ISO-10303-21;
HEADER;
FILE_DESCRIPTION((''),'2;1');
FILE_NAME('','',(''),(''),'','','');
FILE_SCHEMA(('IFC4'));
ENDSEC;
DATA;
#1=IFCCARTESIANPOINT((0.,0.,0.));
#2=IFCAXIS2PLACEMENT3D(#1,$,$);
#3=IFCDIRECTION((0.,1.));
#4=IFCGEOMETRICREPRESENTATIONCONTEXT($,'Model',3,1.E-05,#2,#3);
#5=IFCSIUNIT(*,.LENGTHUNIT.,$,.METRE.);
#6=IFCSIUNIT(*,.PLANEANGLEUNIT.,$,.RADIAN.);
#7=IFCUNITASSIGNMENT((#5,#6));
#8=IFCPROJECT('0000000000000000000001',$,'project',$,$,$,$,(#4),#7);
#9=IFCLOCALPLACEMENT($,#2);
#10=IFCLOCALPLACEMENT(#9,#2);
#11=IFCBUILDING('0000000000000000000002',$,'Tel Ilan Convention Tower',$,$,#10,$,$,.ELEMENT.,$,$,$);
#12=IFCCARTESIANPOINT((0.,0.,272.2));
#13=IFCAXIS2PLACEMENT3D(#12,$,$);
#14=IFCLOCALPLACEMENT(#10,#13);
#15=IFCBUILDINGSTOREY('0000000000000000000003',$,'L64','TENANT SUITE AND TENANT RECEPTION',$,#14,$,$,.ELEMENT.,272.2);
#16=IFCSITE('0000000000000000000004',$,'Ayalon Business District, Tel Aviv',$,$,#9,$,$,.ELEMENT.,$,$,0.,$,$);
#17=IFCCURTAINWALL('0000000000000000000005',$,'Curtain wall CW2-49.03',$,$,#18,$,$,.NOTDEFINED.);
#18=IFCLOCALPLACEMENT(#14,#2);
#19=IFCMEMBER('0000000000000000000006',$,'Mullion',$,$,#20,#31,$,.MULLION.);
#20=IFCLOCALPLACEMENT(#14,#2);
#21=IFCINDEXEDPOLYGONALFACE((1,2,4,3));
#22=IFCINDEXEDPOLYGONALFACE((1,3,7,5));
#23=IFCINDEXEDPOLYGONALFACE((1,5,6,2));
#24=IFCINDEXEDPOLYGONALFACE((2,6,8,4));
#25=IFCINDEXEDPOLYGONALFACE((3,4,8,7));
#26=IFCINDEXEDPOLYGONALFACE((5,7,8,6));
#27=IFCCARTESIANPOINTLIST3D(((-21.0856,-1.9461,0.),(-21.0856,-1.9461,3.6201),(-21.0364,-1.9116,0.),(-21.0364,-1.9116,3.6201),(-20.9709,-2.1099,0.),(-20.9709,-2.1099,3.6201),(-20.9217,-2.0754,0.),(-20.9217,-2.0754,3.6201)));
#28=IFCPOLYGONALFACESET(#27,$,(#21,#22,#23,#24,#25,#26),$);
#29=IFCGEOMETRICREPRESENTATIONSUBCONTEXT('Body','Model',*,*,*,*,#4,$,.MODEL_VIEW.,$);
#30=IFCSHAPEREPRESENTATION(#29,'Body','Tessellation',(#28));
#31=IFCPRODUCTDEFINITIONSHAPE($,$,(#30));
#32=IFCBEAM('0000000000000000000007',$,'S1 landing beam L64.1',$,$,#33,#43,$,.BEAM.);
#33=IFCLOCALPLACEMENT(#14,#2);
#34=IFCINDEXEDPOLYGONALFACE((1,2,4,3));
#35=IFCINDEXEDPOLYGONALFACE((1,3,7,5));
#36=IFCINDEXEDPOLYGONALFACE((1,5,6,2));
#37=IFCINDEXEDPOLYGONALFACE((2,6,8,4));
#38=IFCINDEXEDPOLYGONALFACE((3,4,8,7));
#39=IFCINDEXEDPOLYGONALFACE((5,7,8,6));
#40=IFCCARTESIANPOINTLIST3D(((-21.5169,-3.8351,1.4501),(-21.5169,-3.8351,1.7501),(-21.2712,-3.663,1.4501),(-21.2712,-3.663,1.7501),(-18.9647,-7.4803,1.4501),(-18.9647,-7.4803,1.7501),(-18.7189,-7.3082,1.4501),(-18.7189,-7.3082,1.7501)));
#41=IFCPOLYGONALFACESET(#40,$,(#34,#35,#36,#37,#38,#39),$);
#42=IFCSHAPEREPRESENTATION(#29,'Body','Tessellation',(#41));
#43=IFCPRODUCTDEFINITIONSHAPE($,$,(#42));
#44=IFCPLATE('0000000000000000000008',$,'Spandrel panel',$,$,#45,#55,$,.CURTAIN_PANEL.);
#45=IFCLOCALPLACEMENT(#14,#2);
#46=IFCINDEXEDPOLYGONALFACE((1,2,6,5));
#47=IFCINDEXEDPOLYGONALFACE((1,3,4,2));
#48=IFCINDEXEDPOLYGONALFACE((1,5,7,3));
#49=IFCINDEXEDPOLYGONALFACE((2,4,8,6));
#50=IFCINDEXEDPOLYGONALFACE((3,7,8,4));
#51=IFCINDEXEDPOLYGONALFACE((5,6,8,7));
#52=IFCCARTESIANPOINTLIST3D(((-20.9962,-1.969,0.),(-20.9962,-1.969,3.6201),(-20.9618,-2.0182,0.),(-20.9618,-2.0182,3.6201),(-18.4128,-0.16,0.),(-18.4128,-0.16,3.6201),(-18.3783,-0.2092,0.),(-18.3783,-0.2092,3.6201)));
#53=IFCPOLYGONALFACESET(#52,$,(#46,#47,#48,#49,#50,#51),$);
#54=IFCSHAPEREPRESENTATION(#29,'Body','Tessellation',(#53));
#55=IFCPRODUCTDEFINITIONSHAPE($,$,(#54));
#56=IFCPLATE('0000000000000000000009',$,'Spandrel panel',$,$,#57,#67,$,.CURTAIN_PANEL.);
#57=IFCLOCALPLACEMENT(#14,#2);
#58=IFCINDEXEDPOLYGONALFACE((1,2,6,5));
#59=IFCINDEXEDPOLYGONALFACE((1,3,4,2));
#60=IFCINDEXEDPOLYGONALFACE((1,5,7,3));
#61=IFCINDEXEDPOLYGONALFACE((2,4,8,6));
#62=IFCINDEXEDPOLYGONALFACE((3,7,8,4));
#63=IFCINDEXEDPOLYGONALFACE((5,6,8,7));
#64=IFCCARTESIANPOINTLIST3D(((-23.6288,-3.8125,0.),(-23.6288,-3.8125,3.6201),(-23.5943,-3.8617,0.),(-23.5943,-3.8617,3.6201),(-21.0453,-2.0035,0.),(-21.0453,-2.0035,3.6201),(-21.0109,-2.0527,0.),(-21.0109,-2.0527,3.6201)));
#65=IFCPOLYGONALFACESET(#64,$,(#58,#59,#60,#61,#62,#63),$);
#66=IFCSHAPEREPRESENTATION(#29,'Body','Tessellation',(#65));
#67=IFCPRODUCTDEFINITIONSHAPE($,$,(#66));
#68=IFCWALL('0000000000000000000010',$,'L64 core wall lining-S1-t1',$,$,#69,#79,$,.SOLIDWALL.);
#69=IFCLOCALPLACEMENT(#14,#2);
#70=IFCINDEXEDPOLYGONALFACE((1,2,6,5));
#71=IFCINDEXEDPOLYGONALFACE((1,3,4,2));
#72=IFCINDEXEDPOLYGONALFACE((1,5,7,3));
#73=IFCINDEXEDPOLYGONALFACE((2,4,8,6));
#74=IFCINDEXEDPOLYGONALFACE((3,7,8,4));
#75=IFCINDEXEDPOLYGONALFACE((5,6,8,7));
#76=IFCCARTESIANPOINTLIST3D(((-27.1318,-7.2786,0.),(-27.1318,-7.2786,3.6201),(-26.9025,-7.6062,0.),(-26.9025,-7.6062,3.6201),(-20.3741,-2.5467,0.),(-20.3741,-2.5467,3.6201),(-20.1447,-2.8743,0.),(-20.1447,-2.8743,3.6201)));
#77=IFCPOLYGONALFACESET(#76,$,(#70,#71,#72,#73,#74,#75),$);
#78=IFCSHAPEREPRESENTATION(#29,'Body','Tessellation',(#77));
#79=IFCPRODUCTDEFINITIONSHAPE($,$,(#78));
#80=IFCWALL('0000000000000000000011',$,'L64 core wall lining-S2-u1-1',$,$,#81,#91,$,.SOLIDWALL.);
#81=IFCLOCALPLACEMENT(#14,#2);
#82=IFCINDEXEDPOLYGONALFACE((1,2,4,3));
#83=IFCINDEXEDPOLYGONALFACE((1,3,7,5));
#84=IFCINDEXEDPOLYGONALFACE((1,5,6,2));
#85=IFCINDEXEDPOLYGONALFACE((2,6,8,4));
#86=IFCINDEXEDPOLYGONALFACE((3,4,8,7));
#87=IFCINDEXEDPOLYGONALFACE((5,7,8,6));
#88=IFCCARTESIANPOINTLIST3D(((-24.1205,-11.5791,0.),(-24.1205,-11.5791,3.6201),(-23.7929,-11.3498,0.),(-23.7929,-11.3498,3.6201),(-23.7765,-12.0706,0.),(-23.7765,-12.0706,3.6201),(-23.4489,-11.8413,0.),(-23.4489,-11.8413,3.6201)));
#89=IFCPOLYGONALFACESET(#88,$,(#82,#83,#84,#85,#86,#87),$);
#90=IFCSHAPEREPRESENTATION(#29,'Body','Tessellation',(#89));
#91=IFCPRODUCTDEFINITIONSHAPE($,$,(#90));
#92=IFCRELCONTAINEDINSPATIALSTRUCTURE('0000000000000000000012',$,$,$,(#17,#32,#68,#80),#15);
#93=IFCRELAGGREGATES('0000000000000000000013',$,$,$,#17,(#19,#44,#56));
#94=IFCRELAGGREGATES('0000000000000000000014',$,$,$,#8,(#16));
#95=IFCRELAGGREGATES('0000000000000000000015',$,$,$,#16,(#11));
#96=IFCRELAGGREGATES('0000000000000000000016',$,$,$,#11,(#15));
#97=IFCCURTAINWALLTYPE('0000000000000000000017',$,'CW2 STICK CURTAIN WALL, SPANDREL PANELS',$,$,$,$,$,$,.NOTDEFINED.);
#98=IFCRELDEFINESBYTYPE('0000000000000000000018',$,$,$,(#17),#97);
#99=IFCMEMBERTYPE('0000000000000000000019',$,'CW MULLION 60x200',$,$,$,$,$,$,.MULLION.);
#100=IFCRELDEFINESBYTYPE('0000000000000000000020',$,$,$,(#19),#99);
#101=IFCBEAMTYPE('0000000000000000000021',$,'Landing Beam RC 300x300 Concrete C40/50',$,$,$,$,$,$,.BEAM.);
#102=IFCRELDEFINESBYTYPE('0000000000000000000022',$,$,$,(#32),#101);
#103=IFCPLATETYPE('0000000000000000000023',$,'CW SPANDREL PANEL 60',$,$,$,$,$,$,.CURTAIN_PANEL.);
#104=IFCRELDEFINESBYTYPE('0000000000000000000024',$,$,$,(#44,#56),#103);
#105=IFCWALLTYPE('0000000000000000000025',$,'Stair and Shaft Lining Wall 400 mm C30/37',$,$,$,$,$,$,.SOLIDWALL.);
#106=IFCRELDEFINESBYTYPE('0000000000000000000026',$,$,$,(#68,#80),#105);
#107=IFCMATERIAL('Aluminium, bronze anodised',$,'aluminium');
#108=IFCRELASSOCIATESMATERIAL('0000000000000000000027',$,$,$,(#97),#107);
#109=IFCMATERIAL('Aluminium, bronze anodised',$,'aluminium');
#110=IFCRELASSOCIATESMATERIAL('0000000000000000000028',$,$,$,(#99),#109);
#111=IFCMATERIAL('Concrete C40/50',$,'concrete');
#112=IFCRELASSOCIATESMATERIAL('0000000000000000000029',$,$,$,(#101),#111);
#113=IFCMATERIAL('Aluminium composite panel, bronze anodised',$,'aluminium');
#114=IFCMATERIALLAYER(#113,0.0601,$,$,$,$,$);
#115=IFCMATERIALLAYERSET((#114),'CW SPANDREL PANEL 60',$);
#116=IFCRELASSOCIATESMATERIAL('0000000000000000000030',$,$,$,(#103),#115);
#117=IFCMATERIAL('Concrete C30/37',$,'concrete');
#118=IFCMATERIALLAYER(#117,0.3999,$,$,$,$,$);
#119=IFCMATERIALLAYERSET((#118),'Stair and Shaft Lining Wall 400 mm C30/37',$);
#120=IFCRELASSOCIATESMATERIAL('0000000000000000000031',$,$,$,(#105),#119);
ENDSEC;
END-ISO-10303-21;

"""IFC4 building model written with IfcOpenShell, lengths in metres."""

from ifc_helpers import new_model, si_unit, direction, frame, frame_2d, origin, origin_2d, place, context, subcontext, project, spatial, rectangle, extrude, material, layer, layer_set, material_profile, profile_set, type_object, element, aggregate, save


model = new_model("IFC4")

# Units and contexts
model_context = context("Model", 3, precision=1e-05, world=origin(), true_north=direction((0.0, 1.0)))
body_context = subcontext(model_context, "Body", "Model", "MODEL_VIEW")
ifc_project = project(units=[si_unit("LENGTHUNIT", "METRE"), si_unit("PLANEANGLEUNIT", "RADIAN")], contexts=[model_context])

# Site, building, storey
site_placement = place(None, origin())
site = spatial("IfcSite", under=ifc_project, at=site_placement, Name="Ayalon Business District, Tel Aviv", CompositionType="ELEMENT", RefElevation=0.0)
building_placement = place(site_placement, origin())
building = spatial("IfcBuilding", under=site, at=building_placement, Name="Tel Ilan Convention Tower", CompositionType="ELEMENT")
storey_placement = place(building_placement, frame((0.0, 0.0, 272.2)))
storey = spatial("IfcBuildingStorey", under=building, at=storey_placement, Name="L64", Description="TENANT SUITE AND TENANT RECEPTION", CompositionType="ELEMENT", Elevation=272.2)

# Curtain wall, member
ifc_material_1 = material(Name="Aluminium, bronze anodised", Category="aluminium")
curtain_wall_type = type_object("IfcCurtainWallType", Name="CW2 STICK CURTAIN WALL, SPANDREL PANELS", PredefinedType="NOTDEFINED", material=ifc_material_1)
curtain_wall_placement = place(storey_placement, origin())
curtain_wall = element("IfcCurtainWall", 1, at=curtain_wall_placement, inside=storey, type_object=curtain_wall_type, Name="Curtain wall CW2-49.03", PredefinedType="NOTDEFINED")
ifc_material_2 = material(Name="Aluminium, bronze anodised", Category="aluminium")
ifc_material_profile_1 = material_profile(ifc_material_2, rectangle(XDim=0.0601, YDim=0.2, at=origin_2d()), Name="CW MULLION 60x200")
ifc_profile_set_1 = profile_set([ifc_material_profile_1], Name="Aluminium, bronze anodised")
member_type = type_object("IfcMemberType", Name="CW MULLION 60x200", PredefinedType="MULLION", material=ifc_profile_set_1)
member_placement = place(storey_placement, frame((-21.0037, -2.0107, 0.0), z_axis=(0.0, 0.0, 1.0), x_axis=(-0.819152, -0.573576, 0.0)))
member = element("IfcMember", 2, at=member_placement, type_object=member_type, Name="Mullion", PredefinedType="MULLION", context=body_context, shape_type="SweptSolid", body=[
    extrude(rectangle(XDim=0.0601, YDim=0.2, at=origin_2d()), origin(), (0.0, 0.0, 1.0), 3.6201),
])

# Beam
ifc_material_3 = material(Name="Concrete C40/50", Category="concrete")
ifc_material_profile_2 = material_profile(ifc_material_3, rectangle(XDim=0.3, YDim=0.3, at=origin_2d()), Name="RC 300x300")
ifc_profile_set_2 = profile_set([ifc_material_profile_2], Name="Concrete C40/50")
beam_type = type_object("IfcBeamType", Name="Landing Beam RC 300x300 Concrete C40/50", PredefinedType="BEAM", material=ifc_profile_set_2)
beam_placement = place(storey_placement, frame((-18.8418, -7.3943, 1.6001), z_axis=(-0.573547, 0.819173, 0.0), x_axis=(-0.819173, -0.573547, 0.0)))
element("IfcBeam", 3, at=beam_placement, inside=storey, type_object=beam_type, Name="S1 landing beam L64.1", PredefinedType="BEAM", context=body_context, shape_type="SweptSolid", body=[
    extrude(rectangle(XDim=0.3, YDim=0.3, at=origin_2d()), origin(), (0.0, 0.0, 1.0), 4.45),
])

# Plates
ifc_material_4 = material(Name="Aluminium composite panel, bronze anodised", Category="aluminium")
ifc_layer_1 = layer(ifc_material_4, 0.0601)
ifc_layer_set_1 = layer_set([ifc_layer_1], Name="CW SPANDREL PANEL 60")
plate_type = type_object("IfcPlateType", Name="CW SPANDREL PANEL 60", PredefinedType="CURTAIN_PANEL", material=ifc_layer_set_1)
plate_1_placement = place(storey_placement, frame((-19.6873, -1.0891, 0.0), z_axis=(0.0, 0.0, 1.0), x_axis=(-0.819152, -0.573576, 0.0)))
plate_1 = element("IfcPlate", 4, at=plate_1_placement, type_object=plate_type, Name="Spandrel panel", PredefinedType="CURTAIN_PANEL", context=body_context, shape_type="SweptSolid", body=[
    extrude(rectangle(XDim=3.1538, YDim=0.0601, at=origin_2d()), origin(), (0.0, 0.0, 1.0), 3.6201),
])
plate_2_placement = place(storey_placement, frame((-22.3198, -2.9326, 0.0), z_axis=(0.0, 0.0, 1.0), x_axis=(-0.819152, -0.573576, 0.0)))
plate_2 = element("IfcPlate", 5, at=plate_2_placement, type_object=plate_type, Name="Spandrel panel", PredefinedType="CURTAIN_PANEL", context=body_context, shape_type="SweptSolid", body=[
    extrude(rectangle(XDim=3.1538, YDim=0.0601, at=origin_2d()), origin(), (0.0, 0.0, 1.0), 3.6201),
])
aggregate(curtain_wall, [member, plate_1, plate_2])

# Walls
ifc_material_5 = material(Name="Concrete C30/37", Category="concrete")
ifc_layer_2 = layer(ifc_material_5, 0.3999)
ifc_layer_set_2 = layer_set([ifc_layer_2], Name="Stair and Shaft Lining Wall 400 mm C30/37")
wall_type = type_object("IfcWallType", Name="Stair and Shaft Lining Wall 400 mm C30/37", PredefinedType="SOLIDWALL", material=ifc_layer_set_2)
wall_1_placement = place(storey_placement, frame((-20.2593, -2.7104, 0.0), z_axis=(0.0, 0.0, 1.0), x_axis=(-0.819148, -0.573582, 0.0)))
element("IfcWall", 6, at=wall_1_placement, inside=storey, type_object=wall_type, Name="L64 core wall lining-S1-t1", PredefinedType="SOLIDWALL", context=body_context, shape_type="SweptSolid", body=[
    extrude(rectangle(XDim=8.2498, YDim=0.3999, at=frame_2d((4.125, 0.0))), origin(), (0.0, 0.0, 1.0), 3.6201),
])
wall_2_placement = place(storey_placement, frame((-23.6128, -11.9558, 0.0), z_axis=(0.0, 0.0, 1.0), x_axis=(-0.573435, 0.819251, 0.0)))
element("IfcWall", 7, at=wall_2_placement, inside=storey, type_object=wall_type, Name="L64 core wall lining-S2-u1-1", PredefinedType="SOLIDWALL", context=body_context, shape_type="SweptSolid", body=[
    extrude(rectangle(XDim=0.5999, YDim=0.3999, at=frame_2d((0.2998, 0.0))), origin(), (0.0, 0.0, 1.0), 3.6201),
])

save(model, "model.ifc")
